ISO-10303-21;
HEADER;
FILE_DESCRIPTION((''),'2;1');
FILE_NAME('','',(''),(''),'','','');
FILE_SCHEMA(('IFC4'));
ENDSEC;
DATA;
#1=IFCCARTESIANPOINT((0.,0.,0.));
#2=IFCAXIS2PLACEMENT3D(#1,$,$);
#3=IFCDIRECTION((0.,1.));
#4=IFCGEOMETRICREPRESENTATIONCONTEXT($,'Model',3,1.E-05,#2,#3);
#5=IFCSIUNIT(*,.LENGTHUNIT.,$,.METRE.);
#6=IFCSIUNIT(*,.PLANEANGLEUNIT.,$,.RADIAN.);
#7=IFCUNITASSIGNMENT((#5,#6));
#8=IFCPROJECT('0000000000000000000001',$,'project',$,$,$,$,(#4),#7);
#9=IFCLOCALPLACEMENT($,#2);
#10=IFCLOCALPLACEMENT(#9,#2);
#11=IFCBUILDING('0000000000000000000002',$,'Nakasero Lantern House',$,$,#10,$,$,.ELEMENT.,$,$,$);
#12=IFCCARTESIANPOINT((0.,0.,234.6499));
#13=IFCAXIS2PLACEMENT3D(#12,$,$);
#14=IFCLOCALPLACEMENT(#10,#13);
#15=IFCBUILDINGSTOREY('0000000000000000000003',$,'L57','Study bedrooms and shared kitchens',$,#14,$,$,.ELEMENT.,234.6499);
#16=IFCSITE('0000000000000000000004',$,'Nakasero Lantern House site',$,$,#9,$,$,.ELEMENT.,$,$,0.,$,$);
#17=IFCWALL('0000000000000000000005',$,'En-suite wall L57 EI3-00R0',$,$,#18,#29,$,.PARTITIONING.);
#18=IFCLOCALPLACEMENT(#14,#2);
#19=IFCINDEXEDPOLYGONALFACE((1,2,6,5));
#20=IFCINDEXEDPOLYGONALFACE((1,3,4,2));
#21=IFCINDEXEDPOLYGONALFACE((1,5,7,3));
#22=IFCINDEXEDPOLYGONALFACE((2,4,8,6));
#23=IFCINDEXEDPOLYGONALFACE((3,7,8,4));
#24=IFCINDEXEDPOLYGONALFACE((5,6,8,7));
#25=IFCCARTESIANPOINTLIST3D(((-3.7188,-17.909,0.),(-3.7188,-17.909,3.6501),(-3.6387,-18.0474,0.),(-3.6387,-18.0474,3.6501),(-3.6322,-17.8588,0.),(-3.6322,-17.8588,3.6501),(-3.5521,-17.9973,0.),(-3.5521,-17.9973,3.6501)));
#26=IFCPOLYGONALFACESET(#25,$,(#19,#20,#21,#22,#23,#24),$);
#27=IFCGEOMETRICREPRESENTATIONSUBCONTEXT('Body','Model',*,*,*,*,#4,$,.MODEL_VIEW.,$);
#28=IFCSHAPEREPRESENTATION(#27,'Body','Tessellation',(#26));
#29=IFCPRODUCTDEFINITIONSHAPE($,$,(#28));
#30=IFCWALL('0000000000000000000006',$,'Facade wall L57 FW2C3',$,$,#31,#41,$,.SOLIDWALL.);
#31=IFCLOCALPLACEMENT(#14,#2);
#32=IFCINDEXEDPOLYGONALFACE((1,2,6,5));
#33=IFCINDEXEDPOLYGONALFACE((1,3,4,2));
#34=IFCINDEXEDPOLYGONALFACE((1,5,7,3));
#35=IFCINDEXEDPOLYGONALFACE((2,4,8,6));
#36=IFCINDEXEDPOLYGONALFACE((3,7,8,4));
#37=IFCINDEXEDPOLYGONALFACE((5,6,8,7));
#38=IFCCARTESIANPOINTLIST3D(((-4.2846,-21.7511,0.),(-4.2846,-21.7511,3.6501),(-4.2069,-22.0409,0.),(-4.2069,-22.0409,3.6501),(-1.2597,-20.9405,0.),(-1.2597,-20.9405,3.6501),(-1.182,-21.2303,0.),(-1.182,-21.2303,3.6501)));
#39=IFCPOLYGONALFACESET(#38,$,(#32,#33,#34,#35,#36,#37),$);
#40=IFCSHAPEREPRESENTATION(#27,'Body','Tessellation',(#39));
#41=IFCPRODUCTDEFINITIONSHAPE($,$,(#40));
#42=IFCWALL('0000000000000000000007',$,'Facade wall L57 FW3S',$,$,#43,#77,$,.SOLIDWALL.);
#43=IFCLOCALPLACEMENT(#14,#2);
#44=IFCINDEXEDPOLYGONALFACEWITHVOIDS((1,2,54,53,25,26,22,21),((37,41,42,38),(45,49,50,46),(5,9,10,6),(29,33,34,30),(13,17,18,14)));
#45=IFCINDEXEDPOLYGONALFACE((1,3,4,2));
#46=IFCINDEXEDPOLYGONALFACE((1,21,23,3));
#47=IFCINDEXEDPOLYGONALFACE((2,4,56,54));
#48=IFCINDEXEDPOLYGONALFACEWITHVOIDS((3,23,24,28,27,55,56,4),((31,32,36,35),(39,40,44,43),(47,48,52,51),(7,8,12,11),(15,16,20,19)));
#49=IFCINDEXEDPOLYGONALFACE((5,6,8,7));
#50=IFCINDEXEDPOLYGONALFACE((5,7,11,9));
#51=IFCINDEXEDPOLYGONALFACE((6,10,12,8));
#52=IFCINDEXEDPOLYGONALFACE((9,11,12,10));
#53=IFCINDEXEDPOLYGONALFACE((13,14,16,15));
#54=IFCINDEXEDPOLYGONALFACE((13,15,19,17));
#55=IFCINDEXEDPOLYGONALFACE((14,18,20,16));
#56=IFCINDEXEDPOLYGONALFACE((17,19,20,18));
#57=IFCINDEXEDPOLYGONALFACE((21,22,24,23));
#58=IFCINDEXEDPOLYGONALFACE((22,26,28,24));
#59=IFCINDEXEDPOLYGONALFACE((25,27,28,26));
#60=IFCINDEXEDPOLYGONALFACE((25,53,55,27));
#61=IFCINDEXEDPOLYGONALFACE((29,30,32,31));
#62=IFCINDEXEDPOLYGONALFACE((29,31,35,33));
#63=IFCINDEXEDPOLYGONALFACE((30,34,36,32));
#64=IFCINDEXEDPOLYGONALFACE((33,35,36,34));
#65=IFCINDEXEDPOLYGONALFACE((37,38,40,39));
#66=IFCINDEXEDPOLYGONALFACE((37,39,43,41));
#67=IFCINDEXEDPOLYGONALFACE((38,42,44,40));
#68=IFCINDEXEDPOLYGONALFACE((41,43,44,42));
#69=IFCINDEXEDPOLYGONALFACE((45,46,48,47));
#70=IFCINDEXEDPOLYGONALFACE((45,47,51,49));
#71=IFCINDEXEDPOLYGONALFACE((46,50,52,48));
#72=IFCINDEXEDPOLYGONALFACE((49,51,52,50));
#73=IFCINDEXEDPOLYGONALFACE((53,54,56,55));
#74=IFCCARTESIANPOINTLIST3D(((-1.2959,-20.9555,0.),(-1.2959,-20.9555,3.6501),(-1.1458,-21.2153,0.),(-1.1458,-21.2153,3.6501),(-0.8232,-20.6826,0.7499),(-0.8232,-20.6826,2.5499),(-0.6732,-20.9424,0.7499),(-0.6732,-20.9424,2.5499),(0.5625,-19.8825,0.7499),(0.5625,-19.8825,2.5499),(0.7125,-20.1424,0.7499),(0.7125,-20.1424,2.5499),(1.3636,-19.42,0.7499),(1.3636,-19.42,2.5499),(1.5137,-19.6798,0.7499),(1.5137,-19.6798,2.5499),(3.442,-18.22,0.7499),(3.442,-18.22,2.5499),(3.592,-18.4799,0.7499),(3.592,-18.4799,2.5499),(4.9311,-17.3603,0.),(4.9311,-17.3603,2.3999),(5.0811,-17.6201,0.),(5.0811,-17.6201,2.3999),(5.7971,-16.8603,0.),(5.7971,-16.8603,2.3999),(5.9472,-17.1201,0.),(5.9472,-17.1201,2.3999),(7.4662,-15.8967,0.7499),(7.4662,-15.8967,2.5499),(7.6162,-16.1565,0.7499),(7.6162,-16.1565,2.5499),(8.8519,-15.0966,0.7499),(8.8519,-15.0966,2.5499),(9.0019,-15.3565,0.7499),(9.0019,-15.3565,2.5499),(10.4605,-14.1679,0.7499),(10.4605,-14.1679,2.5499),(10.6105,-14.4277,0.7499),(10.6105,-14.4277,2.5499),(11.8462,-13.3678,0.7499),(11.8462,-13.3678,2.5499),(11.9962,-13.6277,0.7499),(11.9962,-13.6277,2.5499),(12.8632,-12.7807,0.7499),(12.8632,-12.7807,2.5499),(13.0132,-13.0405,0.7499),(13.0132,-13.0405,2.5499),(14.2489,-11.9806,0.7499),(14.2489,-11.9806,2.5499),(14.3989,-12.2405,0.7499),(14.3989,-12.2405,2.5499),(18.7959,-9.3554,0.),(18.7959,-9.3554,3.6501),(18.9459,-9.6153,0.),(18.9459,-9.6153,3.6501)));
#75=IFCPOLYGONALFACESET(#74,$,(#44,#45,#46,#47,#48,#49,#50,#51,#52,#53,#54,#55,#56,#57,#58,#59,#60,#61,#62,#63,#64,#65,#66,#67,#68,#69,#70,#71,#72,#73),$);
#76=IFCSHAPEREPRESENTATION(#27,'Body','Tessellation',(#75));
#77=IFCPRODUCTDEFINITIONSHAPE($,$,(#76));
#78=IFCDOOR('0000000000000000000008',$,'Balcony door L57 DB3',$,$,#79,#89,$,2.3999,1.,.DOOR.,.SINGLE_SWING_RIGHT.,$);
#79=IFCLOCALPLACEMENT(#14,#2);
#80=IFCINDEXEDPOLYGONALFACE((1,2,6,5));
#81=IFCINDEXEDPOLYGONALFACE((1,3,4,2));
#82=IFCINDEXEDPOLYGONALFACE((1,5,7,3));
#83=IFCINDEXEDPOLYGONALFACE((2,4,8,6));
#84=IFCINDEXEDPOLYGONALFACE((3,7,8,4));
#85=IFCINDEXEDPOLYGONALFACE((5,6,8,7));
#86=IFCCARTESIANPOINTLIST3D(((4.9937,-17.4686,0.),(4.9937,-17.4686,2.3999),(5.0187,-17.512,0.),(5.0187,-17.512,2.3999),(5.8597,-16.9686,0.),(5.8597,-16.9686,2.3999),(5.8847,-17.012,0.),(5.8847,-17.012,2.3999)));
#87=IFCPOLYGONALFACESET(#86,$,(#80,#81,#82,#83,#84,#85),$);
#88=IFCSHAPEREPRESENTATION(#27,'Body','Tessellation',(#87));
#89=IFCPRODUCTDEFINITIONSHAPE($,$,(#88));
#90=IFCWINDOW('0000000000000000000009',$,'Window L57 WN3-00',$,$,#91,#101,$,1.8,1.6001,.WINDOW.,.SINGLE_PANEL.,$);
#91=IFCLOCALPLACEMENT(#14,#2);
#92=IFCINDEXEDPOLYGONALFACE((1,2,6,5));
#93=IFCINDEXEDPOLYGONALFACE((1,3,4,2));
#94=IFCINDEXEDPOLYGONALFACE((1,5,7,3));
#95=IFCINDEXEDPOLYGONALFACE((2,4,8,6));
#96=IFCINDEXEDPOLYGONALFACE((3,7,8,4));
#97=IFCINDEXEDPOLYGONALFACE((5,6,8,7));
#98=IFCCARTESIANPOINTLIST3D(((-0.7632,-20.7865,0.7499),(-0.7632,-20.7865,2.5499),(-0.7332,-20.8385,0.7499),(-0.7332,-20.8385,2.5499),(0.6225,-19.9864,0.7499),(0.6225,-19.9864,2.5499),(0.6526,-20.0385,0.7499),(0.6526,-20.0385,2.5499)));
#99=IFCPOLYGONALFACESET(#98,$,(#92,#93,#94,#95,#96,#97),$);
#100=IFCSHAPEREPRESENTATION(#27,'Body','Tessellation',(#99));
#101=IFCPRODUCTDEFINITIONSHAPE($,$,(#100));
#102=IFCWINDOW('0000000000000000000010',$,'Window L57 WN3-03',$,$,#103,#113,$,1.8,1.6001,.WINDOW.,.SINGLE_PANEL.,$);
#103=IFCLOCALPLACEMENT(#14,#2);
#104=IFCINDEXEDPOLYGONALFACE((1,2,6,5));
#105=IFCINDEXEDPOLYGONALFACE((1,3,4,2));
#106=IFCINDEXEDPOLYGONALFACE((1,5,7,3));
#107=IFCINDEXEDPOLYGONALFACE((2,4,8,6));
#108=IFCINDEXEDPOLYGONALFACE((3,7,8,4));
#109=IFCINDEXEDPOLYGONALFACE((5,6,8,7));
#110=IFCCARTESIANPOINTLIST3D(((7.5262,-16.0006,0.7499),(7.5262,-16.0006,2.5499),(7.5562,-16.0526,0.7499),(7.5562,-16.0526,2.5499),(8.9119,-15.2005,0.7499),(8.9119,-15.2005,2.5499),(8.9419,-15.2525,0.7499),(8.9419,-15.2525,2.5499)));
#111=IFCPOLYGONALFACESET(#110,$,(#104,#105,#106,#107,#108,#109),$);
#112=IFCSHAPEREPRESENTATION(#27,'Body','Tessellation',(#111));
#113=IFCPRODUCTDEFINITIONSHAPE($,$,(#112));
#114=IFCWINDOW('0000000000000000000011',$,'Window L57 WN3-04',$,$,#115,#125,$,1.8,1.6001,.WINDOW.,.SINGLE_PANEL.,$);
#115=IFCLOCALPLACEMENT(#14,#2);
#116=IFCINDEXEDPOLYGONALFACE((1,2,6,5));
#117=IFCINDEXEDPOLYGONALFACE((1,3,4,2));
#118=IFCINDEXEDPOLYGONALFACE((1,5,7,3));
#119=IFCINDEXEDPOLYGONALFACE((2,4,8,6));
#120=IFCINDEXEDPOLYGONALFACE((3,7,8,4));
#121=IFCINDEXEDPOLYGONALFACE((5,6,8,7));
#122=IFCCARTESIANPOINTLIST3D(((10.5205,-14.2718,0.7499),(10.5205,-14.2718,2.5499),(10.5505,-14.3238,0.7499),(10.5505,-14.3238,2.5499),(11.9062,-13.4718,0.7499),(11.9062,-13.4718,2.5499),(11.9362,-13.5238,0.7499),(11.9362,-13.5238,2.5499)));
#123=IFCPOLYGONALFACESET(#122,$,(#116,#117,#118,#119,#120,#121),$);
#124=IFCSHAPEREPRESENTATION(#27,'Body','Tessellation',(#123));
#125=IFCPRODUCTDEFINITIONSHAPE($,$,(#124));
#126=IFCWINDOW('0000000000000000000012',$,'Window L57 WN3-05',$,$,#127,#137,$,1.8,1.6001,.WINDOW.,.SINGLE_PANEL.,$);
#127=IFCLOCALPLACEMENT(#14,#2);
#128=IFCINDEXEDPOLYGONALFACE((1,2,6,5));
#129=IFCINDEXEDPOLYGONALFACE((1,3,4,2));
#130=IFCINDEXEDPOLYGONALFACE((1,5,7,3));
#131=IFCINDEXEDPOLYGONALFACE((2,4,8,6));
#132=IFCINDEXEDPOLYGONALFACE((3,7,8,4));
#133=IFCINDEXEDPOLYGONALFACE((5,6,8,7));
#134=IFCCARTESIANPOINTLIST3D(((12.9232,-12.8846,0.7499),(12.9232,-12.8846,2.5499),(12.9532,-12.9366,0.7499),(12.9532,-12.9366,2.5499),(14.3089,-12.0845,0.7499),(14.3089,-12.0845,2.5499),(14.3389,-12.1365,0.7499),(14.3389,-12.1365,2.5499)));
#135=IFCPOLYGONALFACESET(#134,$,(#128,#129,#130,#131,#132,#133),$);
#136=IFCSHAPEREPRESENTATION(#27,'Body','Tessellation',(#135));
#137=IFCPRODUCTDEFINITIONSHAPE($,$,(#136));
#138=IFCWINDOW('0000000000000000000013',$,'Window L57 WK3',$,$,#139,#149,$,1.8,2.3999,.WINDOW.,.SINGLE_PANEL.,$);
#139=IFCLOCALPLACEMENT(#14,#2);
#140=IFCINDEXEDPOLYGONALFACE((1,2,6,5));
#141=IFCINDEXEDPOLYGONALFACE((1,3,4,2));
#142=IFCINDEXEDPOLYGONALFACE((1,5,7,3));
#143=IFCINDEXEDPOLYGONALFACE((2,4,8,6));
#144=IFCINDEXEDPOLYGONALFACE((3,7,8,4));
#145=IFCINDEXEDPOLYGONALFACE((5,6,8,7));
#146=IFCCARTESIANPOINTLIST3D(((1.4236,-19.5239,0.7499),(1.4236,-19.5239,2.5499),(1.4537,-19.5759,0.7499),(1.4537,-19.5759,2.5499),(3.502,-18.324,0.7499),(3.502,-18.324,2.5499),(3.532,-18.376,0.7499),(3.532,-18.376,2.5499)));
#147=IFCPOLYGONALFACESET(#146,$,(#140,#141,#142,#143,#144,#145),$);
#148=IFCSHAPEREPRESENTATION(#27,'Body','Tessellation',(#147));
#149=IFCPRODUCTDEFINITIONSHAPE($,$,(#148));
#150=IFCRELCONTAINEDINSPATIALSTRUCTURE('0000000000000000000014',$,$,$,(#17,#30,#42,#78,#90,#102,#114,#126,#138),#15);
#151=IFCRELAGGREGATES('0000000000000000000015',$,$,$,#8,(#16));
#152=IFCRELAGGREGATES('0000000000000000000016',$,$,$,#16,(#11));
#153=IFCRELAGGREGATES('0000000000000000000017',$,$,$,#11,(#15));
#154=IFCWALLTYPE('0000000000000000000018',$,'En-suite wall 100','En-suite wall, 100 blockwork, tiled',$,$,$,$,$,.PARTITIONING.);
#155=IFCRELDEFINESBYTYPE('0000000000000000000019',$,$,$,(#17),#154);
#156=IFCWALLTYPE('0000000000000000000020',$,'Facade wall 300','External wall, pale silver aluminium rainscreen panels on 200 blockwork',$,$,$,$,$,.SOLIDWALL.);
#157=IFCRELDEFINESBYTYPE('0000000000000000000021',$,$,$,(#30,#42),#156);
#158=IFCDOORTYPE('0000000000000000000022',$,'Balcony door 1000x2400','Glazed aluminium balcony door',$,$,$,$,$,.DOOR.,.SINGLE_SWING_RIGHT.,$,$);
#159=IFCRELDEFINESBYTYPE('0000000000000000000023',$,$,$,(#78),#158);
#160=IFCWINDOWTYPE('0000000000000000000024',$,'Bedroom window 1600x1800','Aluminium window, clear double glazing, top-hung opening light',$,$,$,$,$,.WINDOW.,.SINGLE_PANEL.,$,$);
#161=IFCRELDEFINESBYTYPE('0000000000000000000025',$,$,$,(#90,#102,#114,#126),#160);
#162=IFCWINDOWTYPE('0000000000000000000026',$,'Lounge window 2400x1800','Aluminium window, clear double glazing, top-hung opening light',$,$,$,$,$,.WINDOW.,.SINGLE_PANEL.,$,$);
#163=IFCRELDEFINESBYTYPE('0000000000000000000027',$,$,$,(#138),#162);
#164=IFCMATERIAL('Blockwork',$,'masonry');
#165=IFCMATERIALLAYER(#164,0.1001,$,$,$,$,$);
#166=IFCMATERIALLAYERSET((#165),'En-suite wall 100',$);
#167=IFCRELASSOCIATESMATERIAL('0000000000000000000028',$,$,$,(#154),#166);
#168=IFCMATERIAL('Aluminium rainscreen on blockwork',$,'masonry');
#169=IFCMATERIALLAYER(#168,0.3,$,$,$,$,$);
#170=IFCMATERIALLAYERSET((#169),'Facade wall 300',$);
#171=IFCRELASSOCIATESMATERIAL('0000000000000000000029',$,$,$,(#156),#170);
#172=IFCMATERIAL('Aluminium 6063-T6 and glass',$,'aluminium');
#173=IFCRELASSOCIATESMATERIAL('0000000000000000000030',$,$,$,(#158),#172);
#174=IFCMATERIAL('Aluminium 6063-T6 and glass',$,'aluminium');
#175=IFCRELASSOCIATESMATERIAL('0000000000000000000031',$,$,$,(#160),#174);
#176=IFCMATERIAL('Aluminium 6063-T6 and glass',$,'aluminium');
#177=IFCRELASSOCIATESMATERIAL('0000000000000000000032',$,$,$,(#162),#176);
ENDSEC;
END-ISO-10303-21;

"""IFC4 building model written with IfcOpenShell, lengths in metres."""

from ifc_helpers import new_model, si_unit, direction, frame, frame_2d, origin, place, context, subcontext, project, spatial, rectangle, extrude, material, layer, layer_set, type_object, element, fill, save


model = new_model("IFC4")

# Units and contexts
model_context = context("Model", 3, precision=1e-05, world=origin(), true_north=direction((0.0, 1.0)))
body_context = subcontext(model_context, "Body", "Model", "MODEL_VIEW")
ifc_project = project(units=[si_unit("LENGTHUNIT", "METRE"), si_unit("PLANEANGLEUNIT", "RADIAN")], contexts=[model_context])

# Site, building, storey
site_placement = place(None, origin())
site = spatial("IfcSite", under=ifc_project, at=site_placement, Name="Nakasero Lantern House site", CompositionType="ELEMENT", RefElevation=0.0)
building_placement = place(site_placement, origin())
building = spatial("IfcBuilding", under=site, at=building_placement, Name="Nakasero Lantern House", CompositionType="ELEMENT")
storey_placement = place(building_placement, frame((0.0, 0.0, 234.6499)))
storey = spatial("IfcBuildingStorey", under=building, at=storey_placement, Name="L57", Description="Study bedrooms and shared kitchens", CompositionType="ELEMENT", Elevation=234.6499)

# Shared definitions
ifc_material_1 = material(Name="Blockwork", Category="masonry")
ifc_layer_1 = layer(ifc_material_1, 0.1001)
ifc_layer_set_1 = layer_set([ifc_layer_1], Name="En-suite wall 100")
wall_type_1 = type_object("IfcWallType", Name="En-suite wall 100", Description="En-suite wall, 100 blockwork, tiled", PredefinedType="PARTITIONING", material=ifc_layer_set_1)

# Walls
wall_1_placement = place(storey_placement, frame((-3.6755, -17.8838, 0.0), z_axis=(0.0, 0.0, 1.0), x_axis=(0.500735, -0.8656, 0.0)))
element("IfcWall", 1, at=wall_1_placement, inside=storey, type_object=wall_type_1, Name="En-suite wall L57 EI3-00R0", PredefinedType="PARTITIONING", context=body_context, shape_type="SweptSolid", body=[
    extrude(rectangle(XDim=0.1599, YDim=0.1001, at=frame_2d((0.0801, 0.0))), origin(), (0.0, 0.0, 1.0), 3.6501),
])
ifc_material_2 = material(Name="Aluminium rainscreen on blockwork", Category="masonry")
ifc_layer_2 = layer(ifc_material_2, 0.3)
ifc_layer_set_2 = layer_set([ifc_layer_2], Name="Facade wall 300")
wall_type_2 = type_object("IfcWallType", Name="Facade wall 300", Description="External wall, pale silver aluminium rainscreen panels on 200 blockwork", PredefinedType="SOLIDWALL", material=ifc_layer_set_2)
wall_2_placement = place(storey_placement, frame((-4.2458, -21.896, 0.0), z_axis=(0.0, 0.0, 1.0), x_axis=(0.965924, 0.258827, 0.0)))
element("IfcWall", 2, at=wall_2_placement, inside=storey, type_object=wall_type_2, Name="Facade wall L57 FW2C3", PredefinedType="SOLIDWALL", context=body_context, shape_type="SweptSolid", body=[
    extrude(rectangle(XDim=3.1316, YDim=0.3, at=frame_2d((1.5659, 0.0))), origin(), (0.0, 0.0, 1.0), 3.6501),
])

# Wall, openings, door, windows
wall_3_placement = place(storey_placement, frame((-1.2209, -21.0854, 0.0), z_axis=(0.0, 0.0, 1.0), x_axis=(0.866024, 0.500003, 0.0)))
wall_3 = element("IfcWall", 3, at=wall_3_placement, inside=storey, type_object=wall_type_2, Name="Facade wall L57 FW3S", PredefinedType="SOLIDWALL", context=body_context, shape_type="SweptSolid", body=[
    extrude(rectangle(XDim=23.2, YDim=0.3, at=frame_2d((11.6001, 0.0))), origin(), (0.0, 0.0, 1.0), 3.6501),
])
opening_1_placement = place(wall_3_placement, frame((0.5459, 0.0, 0.75)))
opening_1 = element("IfcOpeningElement", 4, at=opening_1_placement, cuts=wall_3, PredefinedType="OPENING", context=body_context, shape_type="SweptSolid", body=[
    extrude(rectangle(XDim=1.6001, YDim=1.8, at=frame_2d((0.8, 0.8999))), frame((0.0, 0.1699, 0.0), z_axis=(0.0, -1.0, 0.0), x_axis=(1.0, 0.0, 0.0)), (0.0, 0.0, 1.0), 0.3401),
])
opening_2_placement = place(wall_3_placement, frame((10.1177, 0.0, 0.75)))
opening_2 = element("IfcOpeningElement", 5, at=opening_2_placement, cuts=wall_3, PredefinedType="OPENING", context=body_context, shape_type="SweptSolid", body=[
    extrude(rectangle(XDim=1.6001, YDim=1.8, at=frame_2d((0.8, 0.8999))), frame((0.0, 0.1699, 0.0), z_axis=(0.0, -1.0, 0.0), x_axis=(1.0, 0.0, 0.0)), (0.0, 0.0, 1.0), 0.3401),
])
opening_3_placement = place(wall_3_placement, frame((13.5752, 0.0, 0.75)))
opening_3 = element("IfcOpeningElement", 6, at=opening_3_placement, cuts=wall_3, PredefinedType="OPENING", context=body_context, shape_type="SweptSolid", body=[
    extrude(rectangle(XDim=1.6001, YDim=1.8, at=frame_2d((0.8, 0.8999))), frame((0.0, 0.1699, 0.0), z_axis=(0.0, -1.0, 0.0), x_axis=(1.0, 0.0, 0.0)), (0.0, 0.0, 1.0), 0.3401),
])
opening_4_placement = place(wall_3_placement, frame((16.3496, 0.0, 0.75)))
opening_4 = element("IfcOpeningElement", 7, at=opening_4_placement, cuts=wall_3, PredefinedType="OPENING", context=body_context, shape_type="SweptSolid", body=[
    extrude(rectangle(XDim=1.6001, YDim=1.8, at=frame_2d((0.8, 0.8999))), frame((0.0, 0.1699, 0.0), z_axis=(0.0, -1.0, 0.0), x_axis=(1.0, 0.0, 0.0)), (0.0, 0.0, 1.0), 0.3401),
])
opening_5_placement = place(wall_3_placement, frame((3.071, 0.0, 0.75)))
opening_5 = element("IfcOpeningElement", 8, at=opening_5_placement, cuts=wall_3, PredefinedType="OPENING", context=body_context, shape_type="SweptSolid", body=[
    extrude(rectangle(XDim=2.3999, YDim=1.8, at=frame_2d((1.2, 0.8999))), frame((0.0, 0.1699, 0.0), z_axis=(0.0, -1.0, 0.0), x_axis=(1.0, 0.0, 0.0)), (0.0, 0.0, 1.0), 0.3401),
])
opening_6_placement = place(wall_3_placement, frame((7.1904, 0.0, 0.0)))
opening_6 = element("IfcOpeningElement", 9, at=opening_6_placement, cuts=wall_3, PredefinedType="OPENING", context=body_context, shape_type="SweptSolid", body=[
    extrude(rectangle(XDim=1.0, YDim=2.3999, at=frame_2d((0.5, 1.2))), frame((0.0, 0.1699, 0.0), z_axis=(0.0, -1.0, 0.0), x_axis=(1.0, 0.0, 0.0)), (0.0, 0.0, 1.0), 0.3401),
])
ifc_material_3 = material(Name="Aluminium 6063-T6 and glass", Category="aluminium")
door_type_1 = type_object("IfcDoorType", Name="Balcony door 1000x2400", Description="Glazed aluminium balcony door", OperationType="SINGLE_SWING_RIGHT", PredefinedType="DOOR", material=ifc_material_3)
door_1_placement = place(opening_6_placement, origin())
door_1 = element("IfcDoor", 10, at=door_1_placement, inside=storey, type_object=door_type_1, Name="Balcony door L57 DB3", OperationType="SINGLE_SWING_RIGHT", OverallHeight=2.3999, OverallWidth=1.0, PredefinedType="DOOR", context=body_context, shape_type="SweptSolid", body=[
    extrude(rectangle(XDim=1.0, YDim=2.3999, at=frame_2d((0.5, 1.2))), frame((0.0, 0.0249, 0.0), z_axis=(0.0, -1.0, 0.0), x_axis=(1.0, 0.0, 0.0)), (0.0, 0.0, 1.0), 0.05),
])
fill(opening_6, door_1)
ifc_material_4 = material(Name="Aluminium 6063-T6 and glass", Category="aluminium")
window_type_1 = type_object("IfcWindowType", Name="Bedroom window 1600x1800", Description="Aluminium window, clear double glazing, top-hung opening light", PartitioningType="SINGLE_PANEL", PredefinedType="WINDOW", material=ifc_material_4)
window_1_placement = place(opening_1_placement, origin())
window_1 = element("IfcWindow", 11, at=window_1_placement, inside=storey, type_object=window_type_1, Name="Window L57 WN3-00", OverallHeight=1.8, OverallWidth=1.6001, PartitioningType="SINGLE_PANEL", PredefinedType="WINDOW", context=body_context, shape_type="SweptSolid", body=[
    extrude(rectangle(XDim=1.6001, YDim=1.8, at=frame_2d((0.8, 0.8999))), frame((0.0, 0.03, 0.0), z_axis=(0.0, -1.0, 0.0), x_axis=(1.0, 0.0, 0.0)), (0.0, 0.0, 1.0), 0.0601),
])
fill(opening_1, window_1)
window_2_placement = place(opening_2_placement, origin())
window_2 = element("IfcWindow", 12, at=window_2_placement, inside=storey, type_object=window_type_1, Name="Window L57 WN3-03", OverallHeight=1.8, OverallWidth=1.6001, PartitioningType="SINGLE_PANEL", PredefinedType="WINDOW", context=body_context, shape_type="SweptSolid", body=[
    extrude(rectangle(XDim=1.6001, YDim=1.8, at=frame_2d((0.8, 0.8999))), frame((0.0, 0.03, 0.0), z_axis=(0.0, -1.0, 0.0), x_axis=(1.0, 0.0, 0.0)), (0.0, 0.0, 1.0), 0.0601),
])
fill(opening_2, window_2)
window_3_placement = place(opening_3_placement, origin())
window_3 = element("IfcWindow", 13, at=window_3_placement, inside=storey, type_object=window_type_1, Name="Window L57 WN3-04", OverallHeight=1.8, OverallWidth=1.6001, PartitioningType="SINGLE_PANEL", PredefinedType="WINDOW", context=body_context, shape_type="SweptSolid", body=[
    extrude(rectangle(XDim=1.6001, YDim=1.8, at=frame_2d((0.8, 0.8999))), frame((0.0, 0.03, 0.0), z_axis=(0.0, -1.0, 0.0), x_axis=(1.0, 0.0, 0.0)), (0.0, 0.0, 1.0), 0.0601),
])
fill(opening_3, window_3)
window_4_placement = place(opening_4_placement, origin())
window_4 = element("IfcWindow", 14, at=window_4_placement, inside=storey, type_object=window_type_1, Name="Window L57 WN3-05", OverallHeight=1.8, OverallWidth=1.6001, PartitioningType="SINGLE_PANEL", PredefinedType="WINDOW", context=body_context, shape_type="SweptSolid", body=[
    extrude(rectangle(XDim=1.6001, YDim=1.8, at=frame_2d((0.8, 0.8999))), frame((0.0, 0.03, 0.0), z_axis=(0.0, -1.0, 0.0), x_axis=(1.0, 0.0, 0.0)), (0.0, 0.0, 1.0), 0.0601),
])
fill(opening_4, window_4)
ifc_material_5 = material(Name="Aluminium 6063-T6 and glass", Category="aluminium")
window_type_2 = type_object("IfcWindowType", Name="Lounge window 2400x1800", Description="Aluminium window, clear double glazing, top-hung opening light", PartitioningType="SINGLE_PANEL", PredefinedType="WINDOW", material=ifc_material_5)
window_5_placement = place(opening_5_placement, origin())
window_5 = element("IfcWindow", 15, at=window_5_placement, inside=storey, type_object=window_type_2, Name="Window L57 WK3", OverallHeight=1.8, OverallWidth=2.3999, PartitioningType="SINGLE_PANEL", PredefinedType="WINDOW", context=body_context, shape_type="SweptSolid", body=[
    extrude(rectangle(XDim=2.3999, YDim=1.8, at=frame_2d((1.2, 0.8999))), frame((0.0, 0.03, 0.0), z_axis=(0.0, -1.0, 0.0), x_axis=(1.0, 0.0, 0.0)), (0.0, 0.0, 1.0), 0.0601),
])
fill(opening_5, window_5)

save(model, "model.ifc")
